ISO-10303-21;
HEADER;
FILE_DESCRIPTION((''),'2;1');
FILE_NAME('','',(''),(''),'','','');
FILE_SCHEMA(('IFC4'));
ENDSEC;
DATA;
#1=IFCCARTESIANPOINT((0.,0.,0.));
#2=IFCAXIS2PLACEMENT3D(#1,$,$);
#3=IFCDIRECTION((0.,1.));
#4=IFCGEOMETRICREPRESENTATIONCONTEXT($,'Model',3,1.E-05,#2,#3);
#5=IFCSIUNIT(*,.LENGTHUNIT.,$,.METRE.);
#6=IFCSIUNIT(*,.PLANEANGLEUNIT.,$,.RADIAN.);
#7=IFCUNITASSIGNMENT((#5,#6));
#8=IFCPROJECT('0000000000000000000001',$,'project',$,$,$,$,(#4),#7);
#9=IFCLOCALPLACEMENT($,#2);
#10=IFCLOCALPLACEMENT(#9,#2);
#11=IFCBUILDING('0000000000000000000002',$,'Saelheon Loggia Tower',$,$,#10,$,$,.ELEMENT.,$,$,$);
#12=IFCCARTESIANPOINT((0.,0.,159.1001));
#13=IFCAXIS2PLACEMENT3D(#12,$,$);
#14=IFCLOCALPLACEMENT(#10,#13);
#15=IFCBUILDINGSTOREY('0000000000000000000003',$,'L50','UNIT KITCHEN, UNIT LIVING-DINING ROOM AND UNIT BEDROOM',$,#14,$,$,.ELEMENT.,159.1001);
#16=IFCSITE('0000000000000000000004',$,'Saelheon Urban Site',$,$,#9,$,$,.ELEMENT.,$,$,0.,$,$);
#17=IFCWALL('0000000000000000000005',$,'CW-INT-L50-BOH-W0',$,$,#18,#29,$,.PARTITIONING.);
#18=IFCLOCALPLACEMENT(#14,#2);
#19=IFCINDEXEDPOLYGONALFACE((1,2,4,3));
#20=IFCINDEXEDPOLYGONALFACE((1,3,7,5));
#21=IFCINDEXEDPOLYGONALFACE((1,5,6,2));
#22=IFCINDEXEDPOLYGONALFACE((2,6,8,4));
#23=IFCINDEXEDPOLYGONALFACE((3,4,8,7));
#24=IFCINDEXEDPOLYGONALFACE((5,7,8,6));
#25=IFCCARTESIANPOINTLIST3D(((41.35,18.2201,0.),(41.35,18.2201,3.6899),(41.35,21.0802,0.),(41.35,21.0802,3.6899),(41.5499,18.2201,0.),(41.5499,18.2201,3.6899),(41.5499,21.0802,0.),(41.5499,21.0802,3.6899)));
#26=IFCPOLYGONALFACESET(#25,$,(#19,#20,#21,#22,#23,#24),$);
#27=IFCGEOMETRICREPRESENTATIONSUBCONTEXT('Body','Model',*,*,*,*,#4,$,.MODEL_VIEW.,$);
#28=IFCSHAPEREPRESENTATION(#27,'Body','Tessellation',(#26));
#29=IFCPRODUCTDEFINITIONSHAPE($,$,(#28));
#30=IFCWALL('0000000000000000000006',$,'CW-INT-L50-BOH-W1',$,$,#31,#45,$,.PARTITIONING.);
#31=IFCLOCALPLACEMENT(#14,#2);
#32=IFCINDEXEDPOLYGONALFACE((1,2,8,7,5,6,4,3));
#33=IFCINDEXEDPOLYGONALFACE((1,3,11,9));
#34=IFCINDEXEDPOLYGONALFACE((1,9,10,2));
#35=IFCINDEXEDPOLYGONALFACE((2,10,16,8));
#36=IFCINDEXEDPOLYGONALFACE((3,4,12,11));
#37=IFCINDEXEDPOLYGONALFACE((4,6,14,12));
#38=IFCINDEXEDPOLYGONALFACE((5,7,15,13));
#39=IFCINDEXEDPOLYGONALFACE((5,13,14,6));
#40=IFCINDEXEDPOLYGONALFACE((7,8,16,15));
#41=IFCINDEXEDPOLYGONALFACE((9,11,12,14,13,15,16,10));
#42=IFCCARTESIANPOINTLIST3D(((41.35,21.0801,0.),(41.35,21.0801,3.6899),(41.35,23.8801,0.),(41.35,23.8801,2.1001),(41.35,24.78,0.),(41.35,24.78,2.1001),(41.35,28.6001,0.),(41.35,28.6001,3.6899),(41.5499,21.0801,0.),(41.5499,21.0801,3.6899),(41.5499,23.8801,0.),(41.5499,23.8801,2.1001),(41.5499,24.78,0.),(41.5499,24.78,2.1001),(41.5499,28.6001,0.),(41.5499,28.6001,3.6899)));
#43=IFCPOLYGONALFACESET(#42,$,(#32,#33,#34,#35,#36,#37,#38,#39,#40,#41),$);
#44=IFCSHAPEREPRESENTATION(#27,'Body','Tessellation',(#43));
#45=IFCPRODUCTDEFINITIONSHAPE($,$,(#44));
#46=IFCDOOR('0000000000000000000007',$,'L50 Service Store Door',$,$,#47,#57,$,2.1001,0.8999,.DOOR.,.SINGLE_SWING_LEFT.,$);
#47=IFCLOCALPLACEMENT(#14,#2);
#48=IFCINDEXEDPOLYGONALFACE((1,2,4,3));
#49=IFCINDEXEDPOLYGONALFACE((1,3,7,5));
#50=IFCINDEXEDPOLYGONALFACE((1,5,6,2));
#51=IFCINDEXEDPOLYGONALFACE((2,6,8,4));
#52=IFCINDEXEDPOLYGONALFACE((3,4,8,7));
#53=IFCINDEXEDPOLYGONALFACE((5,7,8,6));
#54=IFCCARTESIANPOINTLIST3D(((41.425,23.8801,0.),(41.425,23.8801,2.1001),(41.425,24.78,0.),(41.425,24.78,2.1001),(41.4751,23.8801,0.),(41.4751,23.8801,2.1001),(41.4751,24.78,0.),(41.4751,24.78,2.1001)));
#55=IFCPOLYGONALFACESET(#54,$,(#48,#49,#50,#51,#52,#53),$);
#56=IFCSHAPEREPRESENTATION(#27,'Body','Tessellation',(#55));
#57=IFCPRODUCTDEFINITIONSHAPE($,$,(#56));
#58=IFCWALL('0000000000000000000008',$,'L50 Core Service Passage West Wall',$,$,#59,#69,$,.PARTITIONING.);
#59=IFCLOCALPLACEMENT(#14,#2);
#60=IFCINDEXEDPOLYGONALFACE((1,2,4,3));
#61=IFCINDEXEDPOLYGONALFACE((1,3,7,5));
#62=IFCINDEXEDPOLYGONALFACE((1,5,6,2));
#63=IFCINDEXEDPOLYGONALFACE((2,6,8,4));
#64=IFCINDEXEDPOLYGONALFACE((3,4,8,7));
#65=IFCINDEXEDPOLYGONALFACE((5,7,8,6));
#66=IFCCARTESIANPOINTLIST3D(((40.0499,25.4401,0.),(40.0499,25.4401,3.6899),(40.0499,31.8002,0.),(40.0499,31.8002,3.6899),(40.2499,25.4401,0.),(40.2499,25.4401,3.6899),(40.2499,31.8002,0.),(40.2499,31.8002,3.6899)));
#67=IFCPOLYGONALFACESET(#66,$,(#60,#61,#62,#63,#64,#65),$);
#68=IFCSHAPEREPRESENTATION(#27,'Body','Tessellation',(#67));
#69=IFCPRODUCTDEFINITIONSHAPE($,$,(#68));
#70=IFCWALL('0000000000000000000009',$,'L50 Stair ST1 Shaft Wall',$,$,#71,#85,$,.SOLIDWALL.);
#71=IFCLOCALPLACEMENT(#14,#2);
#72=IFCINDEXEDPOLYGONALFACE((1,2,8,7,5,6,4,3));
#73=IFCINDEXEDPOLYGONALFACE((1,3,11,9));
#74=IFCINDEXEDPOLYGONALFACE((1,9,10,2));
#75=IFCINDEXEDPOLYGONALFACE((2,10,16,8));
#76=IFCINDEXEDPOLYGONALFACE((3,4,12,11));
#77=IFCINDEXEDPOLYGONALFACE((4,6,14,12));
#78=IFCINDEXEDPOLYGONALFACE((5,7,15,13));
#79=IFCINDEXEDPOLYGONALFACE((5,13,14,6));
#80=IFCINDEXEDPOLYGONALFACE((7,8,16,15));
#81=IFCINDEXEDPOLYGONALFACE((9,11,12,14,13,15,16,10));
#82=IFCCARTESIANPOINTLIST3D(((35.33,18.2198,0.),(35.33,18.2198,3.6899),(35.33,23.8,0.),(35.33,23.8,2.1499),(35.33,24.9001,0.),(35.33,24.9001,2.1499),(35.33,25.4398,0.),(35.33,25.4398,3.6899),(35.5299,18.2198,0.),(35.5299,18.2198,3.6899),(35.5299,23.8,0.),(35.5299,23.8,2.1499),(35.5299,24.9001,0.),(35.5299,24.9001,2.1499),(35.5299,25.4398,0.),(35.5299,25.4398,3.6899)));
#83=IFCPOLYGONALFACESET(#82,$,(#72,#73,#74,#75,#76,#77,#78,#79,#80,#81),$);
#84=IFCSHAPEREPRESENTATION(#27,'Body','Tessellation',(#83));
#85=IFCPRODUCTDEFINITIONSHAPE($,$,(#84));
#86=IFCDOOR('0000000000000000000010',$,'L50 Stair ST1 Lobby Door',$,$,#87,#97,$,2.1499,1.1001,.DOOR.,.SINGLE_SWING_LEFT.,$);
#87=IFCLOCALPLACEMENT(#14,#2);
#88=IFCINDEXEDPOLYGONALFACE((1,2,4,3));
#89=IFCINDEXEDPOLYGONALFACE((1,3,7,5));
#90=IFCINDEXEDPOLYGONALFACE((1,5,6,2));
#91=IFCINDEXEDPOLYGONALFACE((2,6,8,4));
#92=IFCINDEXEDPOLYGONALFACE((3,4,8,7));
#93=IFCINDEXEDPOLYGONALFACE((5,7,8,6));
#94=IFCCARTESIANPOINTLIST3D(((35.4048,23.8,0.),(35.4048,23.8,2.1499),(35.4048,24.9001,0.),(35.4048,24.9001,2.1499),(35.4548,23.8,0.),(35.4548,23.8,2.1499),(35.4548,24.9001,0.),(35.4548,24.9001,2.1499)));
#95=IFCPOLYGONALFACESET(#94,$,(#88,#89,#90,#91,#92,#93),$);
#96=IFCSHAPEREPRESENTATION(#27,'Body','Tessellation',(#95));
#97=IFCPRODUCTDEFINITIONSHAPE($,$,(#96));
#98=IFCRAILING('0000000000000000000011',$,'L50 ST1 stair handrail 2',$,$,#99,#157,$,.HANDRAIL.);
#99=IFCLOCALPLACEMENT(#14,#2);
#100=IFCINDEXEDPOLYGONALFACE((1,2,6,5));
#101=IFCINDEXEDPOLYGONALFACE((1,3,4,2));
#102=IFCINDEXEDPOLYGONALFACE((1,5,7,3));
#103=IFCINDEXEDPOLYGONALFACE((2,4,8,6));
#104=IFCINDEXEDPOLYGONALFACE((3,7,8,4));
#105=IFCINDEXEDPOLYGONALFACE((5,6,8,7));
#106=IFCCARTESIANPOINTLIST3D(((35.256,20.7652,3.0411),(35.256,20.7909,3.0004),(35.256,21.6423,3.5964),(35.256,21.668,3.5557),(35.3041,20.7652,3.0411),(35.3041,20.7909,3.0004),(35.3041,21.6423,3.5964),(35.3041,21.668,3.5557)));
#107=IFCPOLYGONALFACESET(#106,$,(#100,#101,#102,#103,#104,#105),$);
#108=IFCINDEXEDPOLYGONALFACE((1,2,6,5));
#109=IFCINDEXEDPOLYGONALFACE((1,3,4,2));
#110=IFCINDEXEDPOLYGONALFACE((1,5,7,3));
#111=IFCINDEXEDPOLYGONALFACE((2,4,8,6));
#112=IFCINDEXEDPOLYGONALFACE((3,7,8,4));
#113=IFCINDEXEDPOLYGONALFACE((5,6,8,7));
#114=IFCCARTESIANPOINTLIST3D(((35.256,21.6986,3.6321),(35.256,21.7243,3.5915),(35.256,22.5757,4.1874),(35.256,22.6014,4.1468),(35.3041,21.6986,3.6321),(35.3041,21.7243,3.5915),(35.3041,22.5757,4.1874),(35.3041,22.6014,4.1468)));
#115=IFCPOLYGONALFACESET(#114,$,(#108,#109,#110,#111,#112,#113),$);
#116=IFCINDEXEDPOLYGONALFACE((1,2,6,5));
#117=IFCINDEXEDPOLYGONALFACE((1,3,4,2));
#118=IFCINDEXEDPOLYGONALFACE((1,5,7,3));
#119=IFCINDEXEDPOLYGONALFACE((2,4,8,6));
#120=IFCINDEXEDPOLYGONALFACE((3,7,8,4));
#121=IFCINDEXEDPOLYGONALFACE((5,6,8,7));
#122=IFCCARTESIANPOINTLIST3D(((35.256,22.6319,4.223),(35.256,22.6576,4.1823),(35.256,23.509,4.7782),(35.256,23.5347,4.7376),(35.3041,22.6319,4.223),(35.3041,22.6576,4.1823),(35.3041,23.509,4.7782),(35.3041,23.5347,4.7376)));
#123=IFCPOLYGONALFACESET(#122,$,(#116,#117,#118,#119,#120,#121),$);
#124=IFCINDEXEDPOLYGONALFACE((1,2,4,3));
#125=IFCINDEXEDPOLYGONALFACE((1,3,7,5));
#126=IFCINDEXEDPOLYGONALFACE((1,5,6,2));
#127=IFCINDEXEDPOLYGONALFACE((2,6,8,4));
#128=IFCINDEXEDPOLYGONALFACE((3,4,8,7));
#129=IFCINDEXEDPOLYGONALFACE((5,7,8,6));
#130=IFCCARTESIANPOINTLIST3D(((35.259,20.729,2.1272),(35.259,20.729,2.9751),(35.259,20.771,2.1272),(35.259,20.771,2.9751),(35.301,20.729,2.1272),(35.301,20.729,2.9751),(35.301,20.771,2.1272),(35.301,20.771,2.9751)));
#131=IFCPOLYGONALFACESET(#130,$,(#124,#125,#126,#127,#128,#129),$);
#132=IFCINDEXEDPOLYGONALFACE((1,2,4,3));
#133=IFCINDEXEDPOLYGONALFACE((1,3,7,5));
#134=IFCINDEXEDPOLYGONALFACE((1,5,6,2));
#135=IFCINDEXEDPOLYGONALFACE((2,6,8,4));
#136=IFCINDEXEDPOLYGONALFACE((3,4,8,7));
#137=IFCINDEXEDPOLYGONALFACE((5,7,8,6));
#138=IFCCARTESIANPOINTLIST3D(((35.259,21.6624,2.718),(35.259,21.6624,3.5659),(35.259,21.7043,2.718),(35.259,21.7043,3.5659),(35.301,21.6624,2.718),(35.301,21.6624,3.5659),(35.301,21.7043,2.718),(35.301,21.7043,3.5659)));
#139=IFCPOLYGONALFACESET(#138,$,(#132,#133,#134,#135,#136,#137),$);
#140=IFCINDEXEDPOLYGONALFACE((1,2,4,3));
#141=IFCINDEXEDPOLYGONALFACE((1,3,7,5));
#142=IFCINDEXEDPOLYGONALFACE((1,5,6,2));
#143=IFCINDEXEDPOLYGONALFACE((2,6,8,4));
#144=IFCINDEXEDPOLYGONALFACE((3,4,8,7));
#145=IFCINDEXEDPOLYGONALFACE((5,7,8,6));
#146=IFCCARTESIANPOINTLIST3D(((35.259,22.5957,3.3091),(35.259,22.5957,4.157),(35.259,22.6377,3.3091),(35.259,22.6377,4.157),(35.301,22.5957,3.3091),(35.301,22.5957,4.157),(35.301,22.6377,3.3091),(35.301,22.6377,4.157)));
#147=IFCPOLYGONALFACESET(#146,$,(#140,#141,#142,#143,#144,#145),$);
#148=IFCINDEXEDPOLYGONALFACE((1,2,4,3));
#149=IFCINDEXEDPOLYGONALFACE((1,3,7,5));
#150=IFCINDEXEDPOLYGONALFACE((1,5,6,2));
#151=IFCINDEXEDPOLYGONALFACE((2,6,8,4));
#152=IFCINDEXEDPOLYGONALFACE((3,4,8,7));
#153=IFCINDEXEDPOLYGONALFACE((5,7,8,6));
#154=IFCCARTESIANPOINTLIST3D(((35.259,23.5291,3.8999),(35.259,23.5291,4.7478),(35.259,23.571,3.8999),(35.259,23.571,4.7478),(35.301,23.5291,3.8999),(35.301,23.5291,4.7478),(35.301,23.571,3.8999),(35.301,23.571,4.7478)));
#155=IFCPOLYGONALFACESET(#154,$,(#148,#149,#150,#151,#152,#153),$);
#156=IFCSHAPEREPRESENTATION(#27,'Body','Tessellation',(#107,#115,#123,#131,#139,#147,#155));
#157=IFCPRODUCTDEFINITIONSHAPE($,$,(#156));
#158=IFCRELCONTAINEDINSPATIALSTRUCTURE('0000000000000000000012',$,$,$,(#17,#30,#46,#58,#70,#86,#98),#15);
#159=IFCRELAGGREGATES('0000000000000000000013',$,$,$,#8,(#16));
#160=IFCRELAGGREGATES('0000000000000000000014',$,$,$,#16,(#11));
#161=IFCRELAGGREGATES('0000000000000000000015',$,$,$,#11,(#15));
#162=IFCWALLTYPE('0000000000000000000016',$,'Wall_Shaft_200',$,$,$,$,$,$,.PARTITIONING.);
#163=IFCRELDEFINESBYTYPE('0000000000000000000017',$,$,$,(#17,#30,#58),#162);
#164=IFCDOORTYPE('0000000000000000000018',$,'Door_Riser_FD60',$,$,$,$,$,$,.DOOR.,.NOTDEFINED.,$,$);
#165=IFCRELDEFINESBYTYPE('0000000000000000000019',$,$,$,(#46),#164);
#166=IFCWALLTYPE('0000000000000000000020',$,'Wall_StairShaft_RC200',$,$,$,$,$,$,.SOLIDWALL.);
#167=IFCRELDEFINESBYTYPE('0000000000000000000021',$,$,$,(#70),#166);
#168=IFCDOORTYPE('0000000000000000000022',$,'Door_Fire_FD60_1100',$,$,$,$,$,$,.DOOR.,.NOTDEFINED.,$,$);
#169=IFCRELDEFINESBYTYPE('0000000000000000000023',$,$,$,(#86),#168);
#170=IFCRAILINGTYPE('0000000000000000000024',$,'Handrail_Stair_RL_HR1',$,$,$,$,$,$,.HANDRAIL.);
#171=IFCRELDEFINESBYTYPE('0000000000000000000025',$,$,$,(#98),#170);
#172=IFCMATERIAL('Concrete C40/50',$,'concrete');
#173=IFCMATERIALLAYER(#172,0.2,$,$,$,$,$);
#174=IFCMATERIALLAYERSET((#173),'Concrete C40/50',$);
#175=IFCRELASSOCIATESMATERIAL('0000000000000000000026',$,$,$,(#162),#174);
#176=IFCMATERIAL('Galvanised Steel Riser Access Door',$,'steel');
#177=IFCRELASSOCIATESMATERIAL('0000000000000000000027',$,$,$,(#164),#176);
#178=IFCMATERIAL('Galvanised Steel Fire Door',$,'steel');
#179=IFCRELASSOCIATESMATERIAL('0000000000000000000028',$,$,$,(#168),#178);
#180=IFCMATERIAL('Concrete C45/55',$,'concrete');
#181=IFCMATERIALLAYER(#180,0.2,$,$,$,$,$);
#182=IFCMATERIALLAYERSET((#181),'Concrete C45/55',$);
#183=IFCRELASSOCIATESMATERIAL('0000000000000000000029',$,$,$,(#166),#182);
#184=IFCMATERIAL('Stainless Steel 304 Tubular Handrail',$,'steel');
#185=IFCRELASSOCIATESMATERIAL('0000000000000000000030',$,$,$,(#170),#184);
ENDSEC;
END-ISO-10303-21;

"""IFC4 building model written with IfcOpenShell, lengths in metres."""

from ifc_helpers import new_model, si_unit, direction, frame, frame_2d, origin, origin_2d, place, context, subcontext, project, spatial, rectangle, extrude, source, transform, mapped, material, layer, layer_set, type_object, element, fill, save


model = new_model("IFC4")

# Units and contexts
model_context = context("Model", 3, precision=1e-05, world=origin(), true_north=direction((0.0, 1.0)))
body_context = subcontext(model_context, "Body", "Model", "MODEL_VIEW")
ifc_project = project(units=[si_unit("LENGTHUNIT", "METRE"), si_unit("PLANEANGLEUNIT", "RADIAN")], contexts=[model_context])

# Site, building, storey
site_placement = place(None, origin())
site = spatial("IfcSite", under=ifc_project, at=site_placement, Name="Saelheon Urban Site", CompositionType="ELEMENT", RefElevation=0.0)
building_placement = place(site_placement, origin())
building = spatial("IfcBuilding", under=site, at=building_placement, Name="Saelheon Loggia Tower", CompositionType="ELEMENT")
storey_placement = place(building_placement, frame((0.0, 0.0, 159.1001)))
storey = spatial("IfcBuildingStorey", under=building, at=storey_placement, Name="L50", Description="UNIT KITCHEN, UNIT LIVING-DINING ROOM AND UNIT BEDROOM", CompositionType="ELEMENT", Elevation=159.1001)

# Wall
ifc_material_1 = material(Name="Concrete C40/50", Category="concrete")
ifc_layer_1 = layer(ifc_material_1, 0.2)
ifc_layer_set_1 = layer_set([ifc_layer_1], Name="Concrete C40/50")
wall_type_1 = type_object("IfcWallType", Name="Wall_Shaft_200", PredefinedType="PARTITIONING", material=ifc_layer_set_1)
wall_1_placement = place(storey_placement, frame((41.45, 18.22, 0.0), z_axis=(0.0, 0.0, 1.0), x_axis=(0.0, 1.0, 0.0)))
element("IfcWall", 1, at=wall_1_placement, inside=storey, type_object=wall_type_1, Name="CW-INT-L50-BOH-W0", PredefinedType="PARTITIONING", context=body_context, shape_type="SweptSolid", body=[
    extrude(rectangle(XDim=2.8601, YDim=0.2, at=frame_2d((1.4302, 0.0))), origin(), (0.0, 0.0, 1.0), 3.6899),
])

# Wall, opening, door
wall_2_placement = place(storey_placement, frame((41.45, 21.0801, 0.0), z_axis=(0.0, 0.0, 1.0), x_axis=(0.0, 1.0, 0.0)))
wall_2 = element("IfcWall", 2, at=wall_2_placement, inside=storey, type_object=wall_type_1, Name="CW-INT-L50-BOH-W1", PredefinedType="PARTITIONING", context=body_context, shape_type="SweptSolid", body=[
    extrude(rectangle(XDim=7.52, YDim=0.2, at=frame_2d((3.76, 0.0))), origin(), (0.0, 0.0, 1.0), 3.6899),
])
opening_1_placement = place(wall_2_placement, frame((2.8, 0.0, 0.0)))
opening_1 = element("IfcOpeningElement", 3, at=opening_1_placement, cuts=wall_2, PredefinedType="OPENING", context=body_context, shape_type="SweptSolid", body=[
    extrude(rectangle(XDim=0.8999, YDim=2.1001, at=frame_2d((0.45, 1.05))), frame((0.0, 0.1121, 0.0), z_axis=(0.0, -1.0, 0.0), x_axis=(1.0, 0.0, 0.0)), (0.0, 0.0, 1.0), 0.2239),
])
ifc_material_2 = material(Name="Galvanised Steel Riser Access Door", Category="steel")
door_type_1 = type_object("IfcDoorType", Name="Door_Riser_FD60", OperationType="NOTDEFINED", PredefinedType="DOOR", material=ifc_material_2)
shared_shape_1 = source(origin(), body_context, "Body", "SweptSolid", [
    extrude(rectangle(XDim=0.8999, YDim=2.1001, at=frame_2d((0.45, 1.05))), frame((0.0, 0.0249, 0.0), z_axis=(0.0, -1.0, 0.0), x_axis=(1.0, 0.0, 0.0)), (0.0, 0.0, 1.0), 0.05),
])
door_1_placement = place(opening_1_placement, origin())
door_1 = element("IfcDoor", 4, at=door_1_placement, inside=storey, type_object=door_type_1, Name="L50 Service Store Door", OperationType="SINGLE_SWING_LEFT", OverallHeight=2.1001, OverallWidth=0.8999, PredefinedType="DOOR", context=body_context, shape_type="MappedRepresentation", body=[
    mapped(shared_shape_1, transform((0.0, 0.0, 0.0), scale=1.0)),
])
fill(opening_1, door_1)

# Wall
wall_3_placement = place(storey_placement, frame((40.1499, 25.4399, 0.0), z_axis=(0.0, 0.0, 1.0), x_axis=(0.0, 1.0, 0.0)))
element("IfcWall", 5, at=wall_3_placement, inside=storey, type_object=wall_type_1, Name="L50 Core Service Passage West Wall", PredefinedType="PARTITIONING", context=body_context, shape_type="SweptSolid", body=[
    extrude(rectangle(XDim=6.3601, YDim=0.2, at=frame_2d((3.1802, 0.0))), origin(), (0.0, 0.0, 1.0), 3.6899),
])

# Shared definitions
shared_shape_2 = source(origin(), body_context, "Body", "SweptSolid", [
    extrude(rectangle(XDim=1.1001, YDim=2.1499, at=frame_2d((0.55, 1.075))), frame((0.0, 0.0249, 0.0), z_axis=(0.0, -1.0, 0.0), x_axis=(1.0, 0.0, 0.0)), (0.0, 0.0, 1.0), 0.05),
])

# Shared definitions
ifc_material_3 = material(Name="Galvanised Steel Fire Door", Category="steel")
door_type_2 = type_object("IfcDoorType", Name="Door_Fire_FD60_1100", OperationType="NOTDEFINED", PredefinedType="DOOR", material=ifc_material_3)

# Wall, opening, door
ifc_material_4 = material(Name="Concrete C45/55", Category="concrete")
ifc_layer_2 = layer(ifc_material_4, 0.2)
ifc_layer_set_2 = layer_set([ifc_layer_2], Name="Concrete C45/55")
wall_type_2 = type_object("IfcWallType", Name="Wall_StairShaft_RC200", PredefinedType="SOLIDWALL", material=ifc_layer_set_2)
wall_4_placement = place(storey_placement, frame((35.4299, 18.22, 0.0), z_axis=(0.0, 0.0, 1.0), x_axis=(0.0, 1.0, 0.0)))
wall_4 = element("IfcWall", 6, at=wall_4_placement, inside=storey, type_object=wall_type_2, Name="L50 Stair ST1 Shaft Wall", PredefinedType="SOLIDWALL", context=body_context, shape_type="SweptSolid", body=[
    extrude(rectangle(XDim=7.22, YDim=0.2, at=frame_2d((3.6099, 0.0))), origin(), (0.0, 0.0, 1.0), 3.6899),
])
opening_2_placement = place(wall_4_placement, frame((6.6802, 0.0, 0.0), z_axis=(0.0, 0.0, 1.0), x_axis=(-1.0, 0.0, 0.0)))
opening_2 = element("IfcOpeningElement", 7, at=opening_2_placement, cuts=wall_4, PredefinedType="OPENING", context=body_context, shape_type="SweptSolid", body=[
    extrude(rectangle(XDim=1.1001, YDim=2.1499, at=frame_2d((0.55, 1.075))), frame((0.0, 0.1121, 0.0), z_axis=(0.0, -1.0, 0.0), x_axis=(1.0, 0.0, 0.0)), (0.0, 0.0, 1.0), 0.2239),
])
door_2_placement = place(opening_2_placement, origin())
door_2 = element("IfcDoor", 8, at=door_2_placement, inside=storey, type_object=door_type_2, Name="L50 Stair ST1 Lobby Door", OperationType="SINGLE_SWING_LEFT", OverallHeight=2.1499, OverallWidth=1.1001, PredefinedType="DOOR", context=body_context, shape_type="MappedRepresentation", body=[
    mapped(shared_shape_2, transform((0.0, 0.0, 0.0), scale=1.0)),
])
fill(opening_2, door_2)

# Railing
ifc_material_5 = material(Name="Stainless Steel 304 Tubular Handrail", Category="steel")
railing_type = type_object("IfcRailingType", Name="Handrail_Stair_RL_HR1", PredefinedType="HANDRAIL", material=ifc_material_5)
railing_placement = place(storey_placement, frame((35.28, 20.75, 2.1272)))
element("IfcRailing", 9, at=railing_placement, inside=storey, type_object=railing_type, Name="L50 ST1 stair handrail 2", PredefinedType="HANDRAIL", context=body_context, shape_type="SweptSolid", body=[
    extrude(rectangle(XDim=0.0481, YDim=0.0481, at=origin_2d()), frame((0.0, 0.0281, 0.8936), z_axis=(0.0, 0.844909, 0.53491), x_axis=(-1.0, 0.0, 0.0)), (0.0, 0.0, 1.0), 1.0381),
    extrude(rectangle(XDim=0.0481, YDim=0.0481, at=origin_2d()), frame((0.0, 0.9614, 1.4846), z_axis=(0.0, 0.844909, 0.53491), x_axis=(-1.0, 0.0, 0.0)), (0.0, 0.0, 1.0), 1.0381),
    extrude(rectangle(XDim=0.0481, YDim=0.0481, at=origin_2d()), frame((0.0, 1.8948, 2.0754), z_axis=(0.0, 0.844909, 0.53491), x_axis=(-1.0, 0.0, 0.0)), (0.0, 0.0, 1.0), 1.0381),
    extrude(rectangle(XDim=0.042, YDim=0.042, at=origin_2d()), origin(), (0.0, 0.0, 1.0), 0.8479),
    extrude(rectangle(XDim=0.042, YDim=0.042, at=origin_2d()), frame((0.0, 0.9333, 0.5908)), (0.0, 0.0, 1.0), 0.8479),
    extrude(rectangle(XDim=0.042, YDim=0.042, at=origin_2d()), frame((0.0, 1.8667, 1.1819)), (0.0, 0.0, 1.0), 0.8479),
    extrude(rectangle(XDim=0.042, YDim=0.042, at=origin_2d()), frame((0.0, 2.8, 1.7727)), (0.0, 0.0, 1.0), 0.8479),
])

save(model, "model.ifc")
